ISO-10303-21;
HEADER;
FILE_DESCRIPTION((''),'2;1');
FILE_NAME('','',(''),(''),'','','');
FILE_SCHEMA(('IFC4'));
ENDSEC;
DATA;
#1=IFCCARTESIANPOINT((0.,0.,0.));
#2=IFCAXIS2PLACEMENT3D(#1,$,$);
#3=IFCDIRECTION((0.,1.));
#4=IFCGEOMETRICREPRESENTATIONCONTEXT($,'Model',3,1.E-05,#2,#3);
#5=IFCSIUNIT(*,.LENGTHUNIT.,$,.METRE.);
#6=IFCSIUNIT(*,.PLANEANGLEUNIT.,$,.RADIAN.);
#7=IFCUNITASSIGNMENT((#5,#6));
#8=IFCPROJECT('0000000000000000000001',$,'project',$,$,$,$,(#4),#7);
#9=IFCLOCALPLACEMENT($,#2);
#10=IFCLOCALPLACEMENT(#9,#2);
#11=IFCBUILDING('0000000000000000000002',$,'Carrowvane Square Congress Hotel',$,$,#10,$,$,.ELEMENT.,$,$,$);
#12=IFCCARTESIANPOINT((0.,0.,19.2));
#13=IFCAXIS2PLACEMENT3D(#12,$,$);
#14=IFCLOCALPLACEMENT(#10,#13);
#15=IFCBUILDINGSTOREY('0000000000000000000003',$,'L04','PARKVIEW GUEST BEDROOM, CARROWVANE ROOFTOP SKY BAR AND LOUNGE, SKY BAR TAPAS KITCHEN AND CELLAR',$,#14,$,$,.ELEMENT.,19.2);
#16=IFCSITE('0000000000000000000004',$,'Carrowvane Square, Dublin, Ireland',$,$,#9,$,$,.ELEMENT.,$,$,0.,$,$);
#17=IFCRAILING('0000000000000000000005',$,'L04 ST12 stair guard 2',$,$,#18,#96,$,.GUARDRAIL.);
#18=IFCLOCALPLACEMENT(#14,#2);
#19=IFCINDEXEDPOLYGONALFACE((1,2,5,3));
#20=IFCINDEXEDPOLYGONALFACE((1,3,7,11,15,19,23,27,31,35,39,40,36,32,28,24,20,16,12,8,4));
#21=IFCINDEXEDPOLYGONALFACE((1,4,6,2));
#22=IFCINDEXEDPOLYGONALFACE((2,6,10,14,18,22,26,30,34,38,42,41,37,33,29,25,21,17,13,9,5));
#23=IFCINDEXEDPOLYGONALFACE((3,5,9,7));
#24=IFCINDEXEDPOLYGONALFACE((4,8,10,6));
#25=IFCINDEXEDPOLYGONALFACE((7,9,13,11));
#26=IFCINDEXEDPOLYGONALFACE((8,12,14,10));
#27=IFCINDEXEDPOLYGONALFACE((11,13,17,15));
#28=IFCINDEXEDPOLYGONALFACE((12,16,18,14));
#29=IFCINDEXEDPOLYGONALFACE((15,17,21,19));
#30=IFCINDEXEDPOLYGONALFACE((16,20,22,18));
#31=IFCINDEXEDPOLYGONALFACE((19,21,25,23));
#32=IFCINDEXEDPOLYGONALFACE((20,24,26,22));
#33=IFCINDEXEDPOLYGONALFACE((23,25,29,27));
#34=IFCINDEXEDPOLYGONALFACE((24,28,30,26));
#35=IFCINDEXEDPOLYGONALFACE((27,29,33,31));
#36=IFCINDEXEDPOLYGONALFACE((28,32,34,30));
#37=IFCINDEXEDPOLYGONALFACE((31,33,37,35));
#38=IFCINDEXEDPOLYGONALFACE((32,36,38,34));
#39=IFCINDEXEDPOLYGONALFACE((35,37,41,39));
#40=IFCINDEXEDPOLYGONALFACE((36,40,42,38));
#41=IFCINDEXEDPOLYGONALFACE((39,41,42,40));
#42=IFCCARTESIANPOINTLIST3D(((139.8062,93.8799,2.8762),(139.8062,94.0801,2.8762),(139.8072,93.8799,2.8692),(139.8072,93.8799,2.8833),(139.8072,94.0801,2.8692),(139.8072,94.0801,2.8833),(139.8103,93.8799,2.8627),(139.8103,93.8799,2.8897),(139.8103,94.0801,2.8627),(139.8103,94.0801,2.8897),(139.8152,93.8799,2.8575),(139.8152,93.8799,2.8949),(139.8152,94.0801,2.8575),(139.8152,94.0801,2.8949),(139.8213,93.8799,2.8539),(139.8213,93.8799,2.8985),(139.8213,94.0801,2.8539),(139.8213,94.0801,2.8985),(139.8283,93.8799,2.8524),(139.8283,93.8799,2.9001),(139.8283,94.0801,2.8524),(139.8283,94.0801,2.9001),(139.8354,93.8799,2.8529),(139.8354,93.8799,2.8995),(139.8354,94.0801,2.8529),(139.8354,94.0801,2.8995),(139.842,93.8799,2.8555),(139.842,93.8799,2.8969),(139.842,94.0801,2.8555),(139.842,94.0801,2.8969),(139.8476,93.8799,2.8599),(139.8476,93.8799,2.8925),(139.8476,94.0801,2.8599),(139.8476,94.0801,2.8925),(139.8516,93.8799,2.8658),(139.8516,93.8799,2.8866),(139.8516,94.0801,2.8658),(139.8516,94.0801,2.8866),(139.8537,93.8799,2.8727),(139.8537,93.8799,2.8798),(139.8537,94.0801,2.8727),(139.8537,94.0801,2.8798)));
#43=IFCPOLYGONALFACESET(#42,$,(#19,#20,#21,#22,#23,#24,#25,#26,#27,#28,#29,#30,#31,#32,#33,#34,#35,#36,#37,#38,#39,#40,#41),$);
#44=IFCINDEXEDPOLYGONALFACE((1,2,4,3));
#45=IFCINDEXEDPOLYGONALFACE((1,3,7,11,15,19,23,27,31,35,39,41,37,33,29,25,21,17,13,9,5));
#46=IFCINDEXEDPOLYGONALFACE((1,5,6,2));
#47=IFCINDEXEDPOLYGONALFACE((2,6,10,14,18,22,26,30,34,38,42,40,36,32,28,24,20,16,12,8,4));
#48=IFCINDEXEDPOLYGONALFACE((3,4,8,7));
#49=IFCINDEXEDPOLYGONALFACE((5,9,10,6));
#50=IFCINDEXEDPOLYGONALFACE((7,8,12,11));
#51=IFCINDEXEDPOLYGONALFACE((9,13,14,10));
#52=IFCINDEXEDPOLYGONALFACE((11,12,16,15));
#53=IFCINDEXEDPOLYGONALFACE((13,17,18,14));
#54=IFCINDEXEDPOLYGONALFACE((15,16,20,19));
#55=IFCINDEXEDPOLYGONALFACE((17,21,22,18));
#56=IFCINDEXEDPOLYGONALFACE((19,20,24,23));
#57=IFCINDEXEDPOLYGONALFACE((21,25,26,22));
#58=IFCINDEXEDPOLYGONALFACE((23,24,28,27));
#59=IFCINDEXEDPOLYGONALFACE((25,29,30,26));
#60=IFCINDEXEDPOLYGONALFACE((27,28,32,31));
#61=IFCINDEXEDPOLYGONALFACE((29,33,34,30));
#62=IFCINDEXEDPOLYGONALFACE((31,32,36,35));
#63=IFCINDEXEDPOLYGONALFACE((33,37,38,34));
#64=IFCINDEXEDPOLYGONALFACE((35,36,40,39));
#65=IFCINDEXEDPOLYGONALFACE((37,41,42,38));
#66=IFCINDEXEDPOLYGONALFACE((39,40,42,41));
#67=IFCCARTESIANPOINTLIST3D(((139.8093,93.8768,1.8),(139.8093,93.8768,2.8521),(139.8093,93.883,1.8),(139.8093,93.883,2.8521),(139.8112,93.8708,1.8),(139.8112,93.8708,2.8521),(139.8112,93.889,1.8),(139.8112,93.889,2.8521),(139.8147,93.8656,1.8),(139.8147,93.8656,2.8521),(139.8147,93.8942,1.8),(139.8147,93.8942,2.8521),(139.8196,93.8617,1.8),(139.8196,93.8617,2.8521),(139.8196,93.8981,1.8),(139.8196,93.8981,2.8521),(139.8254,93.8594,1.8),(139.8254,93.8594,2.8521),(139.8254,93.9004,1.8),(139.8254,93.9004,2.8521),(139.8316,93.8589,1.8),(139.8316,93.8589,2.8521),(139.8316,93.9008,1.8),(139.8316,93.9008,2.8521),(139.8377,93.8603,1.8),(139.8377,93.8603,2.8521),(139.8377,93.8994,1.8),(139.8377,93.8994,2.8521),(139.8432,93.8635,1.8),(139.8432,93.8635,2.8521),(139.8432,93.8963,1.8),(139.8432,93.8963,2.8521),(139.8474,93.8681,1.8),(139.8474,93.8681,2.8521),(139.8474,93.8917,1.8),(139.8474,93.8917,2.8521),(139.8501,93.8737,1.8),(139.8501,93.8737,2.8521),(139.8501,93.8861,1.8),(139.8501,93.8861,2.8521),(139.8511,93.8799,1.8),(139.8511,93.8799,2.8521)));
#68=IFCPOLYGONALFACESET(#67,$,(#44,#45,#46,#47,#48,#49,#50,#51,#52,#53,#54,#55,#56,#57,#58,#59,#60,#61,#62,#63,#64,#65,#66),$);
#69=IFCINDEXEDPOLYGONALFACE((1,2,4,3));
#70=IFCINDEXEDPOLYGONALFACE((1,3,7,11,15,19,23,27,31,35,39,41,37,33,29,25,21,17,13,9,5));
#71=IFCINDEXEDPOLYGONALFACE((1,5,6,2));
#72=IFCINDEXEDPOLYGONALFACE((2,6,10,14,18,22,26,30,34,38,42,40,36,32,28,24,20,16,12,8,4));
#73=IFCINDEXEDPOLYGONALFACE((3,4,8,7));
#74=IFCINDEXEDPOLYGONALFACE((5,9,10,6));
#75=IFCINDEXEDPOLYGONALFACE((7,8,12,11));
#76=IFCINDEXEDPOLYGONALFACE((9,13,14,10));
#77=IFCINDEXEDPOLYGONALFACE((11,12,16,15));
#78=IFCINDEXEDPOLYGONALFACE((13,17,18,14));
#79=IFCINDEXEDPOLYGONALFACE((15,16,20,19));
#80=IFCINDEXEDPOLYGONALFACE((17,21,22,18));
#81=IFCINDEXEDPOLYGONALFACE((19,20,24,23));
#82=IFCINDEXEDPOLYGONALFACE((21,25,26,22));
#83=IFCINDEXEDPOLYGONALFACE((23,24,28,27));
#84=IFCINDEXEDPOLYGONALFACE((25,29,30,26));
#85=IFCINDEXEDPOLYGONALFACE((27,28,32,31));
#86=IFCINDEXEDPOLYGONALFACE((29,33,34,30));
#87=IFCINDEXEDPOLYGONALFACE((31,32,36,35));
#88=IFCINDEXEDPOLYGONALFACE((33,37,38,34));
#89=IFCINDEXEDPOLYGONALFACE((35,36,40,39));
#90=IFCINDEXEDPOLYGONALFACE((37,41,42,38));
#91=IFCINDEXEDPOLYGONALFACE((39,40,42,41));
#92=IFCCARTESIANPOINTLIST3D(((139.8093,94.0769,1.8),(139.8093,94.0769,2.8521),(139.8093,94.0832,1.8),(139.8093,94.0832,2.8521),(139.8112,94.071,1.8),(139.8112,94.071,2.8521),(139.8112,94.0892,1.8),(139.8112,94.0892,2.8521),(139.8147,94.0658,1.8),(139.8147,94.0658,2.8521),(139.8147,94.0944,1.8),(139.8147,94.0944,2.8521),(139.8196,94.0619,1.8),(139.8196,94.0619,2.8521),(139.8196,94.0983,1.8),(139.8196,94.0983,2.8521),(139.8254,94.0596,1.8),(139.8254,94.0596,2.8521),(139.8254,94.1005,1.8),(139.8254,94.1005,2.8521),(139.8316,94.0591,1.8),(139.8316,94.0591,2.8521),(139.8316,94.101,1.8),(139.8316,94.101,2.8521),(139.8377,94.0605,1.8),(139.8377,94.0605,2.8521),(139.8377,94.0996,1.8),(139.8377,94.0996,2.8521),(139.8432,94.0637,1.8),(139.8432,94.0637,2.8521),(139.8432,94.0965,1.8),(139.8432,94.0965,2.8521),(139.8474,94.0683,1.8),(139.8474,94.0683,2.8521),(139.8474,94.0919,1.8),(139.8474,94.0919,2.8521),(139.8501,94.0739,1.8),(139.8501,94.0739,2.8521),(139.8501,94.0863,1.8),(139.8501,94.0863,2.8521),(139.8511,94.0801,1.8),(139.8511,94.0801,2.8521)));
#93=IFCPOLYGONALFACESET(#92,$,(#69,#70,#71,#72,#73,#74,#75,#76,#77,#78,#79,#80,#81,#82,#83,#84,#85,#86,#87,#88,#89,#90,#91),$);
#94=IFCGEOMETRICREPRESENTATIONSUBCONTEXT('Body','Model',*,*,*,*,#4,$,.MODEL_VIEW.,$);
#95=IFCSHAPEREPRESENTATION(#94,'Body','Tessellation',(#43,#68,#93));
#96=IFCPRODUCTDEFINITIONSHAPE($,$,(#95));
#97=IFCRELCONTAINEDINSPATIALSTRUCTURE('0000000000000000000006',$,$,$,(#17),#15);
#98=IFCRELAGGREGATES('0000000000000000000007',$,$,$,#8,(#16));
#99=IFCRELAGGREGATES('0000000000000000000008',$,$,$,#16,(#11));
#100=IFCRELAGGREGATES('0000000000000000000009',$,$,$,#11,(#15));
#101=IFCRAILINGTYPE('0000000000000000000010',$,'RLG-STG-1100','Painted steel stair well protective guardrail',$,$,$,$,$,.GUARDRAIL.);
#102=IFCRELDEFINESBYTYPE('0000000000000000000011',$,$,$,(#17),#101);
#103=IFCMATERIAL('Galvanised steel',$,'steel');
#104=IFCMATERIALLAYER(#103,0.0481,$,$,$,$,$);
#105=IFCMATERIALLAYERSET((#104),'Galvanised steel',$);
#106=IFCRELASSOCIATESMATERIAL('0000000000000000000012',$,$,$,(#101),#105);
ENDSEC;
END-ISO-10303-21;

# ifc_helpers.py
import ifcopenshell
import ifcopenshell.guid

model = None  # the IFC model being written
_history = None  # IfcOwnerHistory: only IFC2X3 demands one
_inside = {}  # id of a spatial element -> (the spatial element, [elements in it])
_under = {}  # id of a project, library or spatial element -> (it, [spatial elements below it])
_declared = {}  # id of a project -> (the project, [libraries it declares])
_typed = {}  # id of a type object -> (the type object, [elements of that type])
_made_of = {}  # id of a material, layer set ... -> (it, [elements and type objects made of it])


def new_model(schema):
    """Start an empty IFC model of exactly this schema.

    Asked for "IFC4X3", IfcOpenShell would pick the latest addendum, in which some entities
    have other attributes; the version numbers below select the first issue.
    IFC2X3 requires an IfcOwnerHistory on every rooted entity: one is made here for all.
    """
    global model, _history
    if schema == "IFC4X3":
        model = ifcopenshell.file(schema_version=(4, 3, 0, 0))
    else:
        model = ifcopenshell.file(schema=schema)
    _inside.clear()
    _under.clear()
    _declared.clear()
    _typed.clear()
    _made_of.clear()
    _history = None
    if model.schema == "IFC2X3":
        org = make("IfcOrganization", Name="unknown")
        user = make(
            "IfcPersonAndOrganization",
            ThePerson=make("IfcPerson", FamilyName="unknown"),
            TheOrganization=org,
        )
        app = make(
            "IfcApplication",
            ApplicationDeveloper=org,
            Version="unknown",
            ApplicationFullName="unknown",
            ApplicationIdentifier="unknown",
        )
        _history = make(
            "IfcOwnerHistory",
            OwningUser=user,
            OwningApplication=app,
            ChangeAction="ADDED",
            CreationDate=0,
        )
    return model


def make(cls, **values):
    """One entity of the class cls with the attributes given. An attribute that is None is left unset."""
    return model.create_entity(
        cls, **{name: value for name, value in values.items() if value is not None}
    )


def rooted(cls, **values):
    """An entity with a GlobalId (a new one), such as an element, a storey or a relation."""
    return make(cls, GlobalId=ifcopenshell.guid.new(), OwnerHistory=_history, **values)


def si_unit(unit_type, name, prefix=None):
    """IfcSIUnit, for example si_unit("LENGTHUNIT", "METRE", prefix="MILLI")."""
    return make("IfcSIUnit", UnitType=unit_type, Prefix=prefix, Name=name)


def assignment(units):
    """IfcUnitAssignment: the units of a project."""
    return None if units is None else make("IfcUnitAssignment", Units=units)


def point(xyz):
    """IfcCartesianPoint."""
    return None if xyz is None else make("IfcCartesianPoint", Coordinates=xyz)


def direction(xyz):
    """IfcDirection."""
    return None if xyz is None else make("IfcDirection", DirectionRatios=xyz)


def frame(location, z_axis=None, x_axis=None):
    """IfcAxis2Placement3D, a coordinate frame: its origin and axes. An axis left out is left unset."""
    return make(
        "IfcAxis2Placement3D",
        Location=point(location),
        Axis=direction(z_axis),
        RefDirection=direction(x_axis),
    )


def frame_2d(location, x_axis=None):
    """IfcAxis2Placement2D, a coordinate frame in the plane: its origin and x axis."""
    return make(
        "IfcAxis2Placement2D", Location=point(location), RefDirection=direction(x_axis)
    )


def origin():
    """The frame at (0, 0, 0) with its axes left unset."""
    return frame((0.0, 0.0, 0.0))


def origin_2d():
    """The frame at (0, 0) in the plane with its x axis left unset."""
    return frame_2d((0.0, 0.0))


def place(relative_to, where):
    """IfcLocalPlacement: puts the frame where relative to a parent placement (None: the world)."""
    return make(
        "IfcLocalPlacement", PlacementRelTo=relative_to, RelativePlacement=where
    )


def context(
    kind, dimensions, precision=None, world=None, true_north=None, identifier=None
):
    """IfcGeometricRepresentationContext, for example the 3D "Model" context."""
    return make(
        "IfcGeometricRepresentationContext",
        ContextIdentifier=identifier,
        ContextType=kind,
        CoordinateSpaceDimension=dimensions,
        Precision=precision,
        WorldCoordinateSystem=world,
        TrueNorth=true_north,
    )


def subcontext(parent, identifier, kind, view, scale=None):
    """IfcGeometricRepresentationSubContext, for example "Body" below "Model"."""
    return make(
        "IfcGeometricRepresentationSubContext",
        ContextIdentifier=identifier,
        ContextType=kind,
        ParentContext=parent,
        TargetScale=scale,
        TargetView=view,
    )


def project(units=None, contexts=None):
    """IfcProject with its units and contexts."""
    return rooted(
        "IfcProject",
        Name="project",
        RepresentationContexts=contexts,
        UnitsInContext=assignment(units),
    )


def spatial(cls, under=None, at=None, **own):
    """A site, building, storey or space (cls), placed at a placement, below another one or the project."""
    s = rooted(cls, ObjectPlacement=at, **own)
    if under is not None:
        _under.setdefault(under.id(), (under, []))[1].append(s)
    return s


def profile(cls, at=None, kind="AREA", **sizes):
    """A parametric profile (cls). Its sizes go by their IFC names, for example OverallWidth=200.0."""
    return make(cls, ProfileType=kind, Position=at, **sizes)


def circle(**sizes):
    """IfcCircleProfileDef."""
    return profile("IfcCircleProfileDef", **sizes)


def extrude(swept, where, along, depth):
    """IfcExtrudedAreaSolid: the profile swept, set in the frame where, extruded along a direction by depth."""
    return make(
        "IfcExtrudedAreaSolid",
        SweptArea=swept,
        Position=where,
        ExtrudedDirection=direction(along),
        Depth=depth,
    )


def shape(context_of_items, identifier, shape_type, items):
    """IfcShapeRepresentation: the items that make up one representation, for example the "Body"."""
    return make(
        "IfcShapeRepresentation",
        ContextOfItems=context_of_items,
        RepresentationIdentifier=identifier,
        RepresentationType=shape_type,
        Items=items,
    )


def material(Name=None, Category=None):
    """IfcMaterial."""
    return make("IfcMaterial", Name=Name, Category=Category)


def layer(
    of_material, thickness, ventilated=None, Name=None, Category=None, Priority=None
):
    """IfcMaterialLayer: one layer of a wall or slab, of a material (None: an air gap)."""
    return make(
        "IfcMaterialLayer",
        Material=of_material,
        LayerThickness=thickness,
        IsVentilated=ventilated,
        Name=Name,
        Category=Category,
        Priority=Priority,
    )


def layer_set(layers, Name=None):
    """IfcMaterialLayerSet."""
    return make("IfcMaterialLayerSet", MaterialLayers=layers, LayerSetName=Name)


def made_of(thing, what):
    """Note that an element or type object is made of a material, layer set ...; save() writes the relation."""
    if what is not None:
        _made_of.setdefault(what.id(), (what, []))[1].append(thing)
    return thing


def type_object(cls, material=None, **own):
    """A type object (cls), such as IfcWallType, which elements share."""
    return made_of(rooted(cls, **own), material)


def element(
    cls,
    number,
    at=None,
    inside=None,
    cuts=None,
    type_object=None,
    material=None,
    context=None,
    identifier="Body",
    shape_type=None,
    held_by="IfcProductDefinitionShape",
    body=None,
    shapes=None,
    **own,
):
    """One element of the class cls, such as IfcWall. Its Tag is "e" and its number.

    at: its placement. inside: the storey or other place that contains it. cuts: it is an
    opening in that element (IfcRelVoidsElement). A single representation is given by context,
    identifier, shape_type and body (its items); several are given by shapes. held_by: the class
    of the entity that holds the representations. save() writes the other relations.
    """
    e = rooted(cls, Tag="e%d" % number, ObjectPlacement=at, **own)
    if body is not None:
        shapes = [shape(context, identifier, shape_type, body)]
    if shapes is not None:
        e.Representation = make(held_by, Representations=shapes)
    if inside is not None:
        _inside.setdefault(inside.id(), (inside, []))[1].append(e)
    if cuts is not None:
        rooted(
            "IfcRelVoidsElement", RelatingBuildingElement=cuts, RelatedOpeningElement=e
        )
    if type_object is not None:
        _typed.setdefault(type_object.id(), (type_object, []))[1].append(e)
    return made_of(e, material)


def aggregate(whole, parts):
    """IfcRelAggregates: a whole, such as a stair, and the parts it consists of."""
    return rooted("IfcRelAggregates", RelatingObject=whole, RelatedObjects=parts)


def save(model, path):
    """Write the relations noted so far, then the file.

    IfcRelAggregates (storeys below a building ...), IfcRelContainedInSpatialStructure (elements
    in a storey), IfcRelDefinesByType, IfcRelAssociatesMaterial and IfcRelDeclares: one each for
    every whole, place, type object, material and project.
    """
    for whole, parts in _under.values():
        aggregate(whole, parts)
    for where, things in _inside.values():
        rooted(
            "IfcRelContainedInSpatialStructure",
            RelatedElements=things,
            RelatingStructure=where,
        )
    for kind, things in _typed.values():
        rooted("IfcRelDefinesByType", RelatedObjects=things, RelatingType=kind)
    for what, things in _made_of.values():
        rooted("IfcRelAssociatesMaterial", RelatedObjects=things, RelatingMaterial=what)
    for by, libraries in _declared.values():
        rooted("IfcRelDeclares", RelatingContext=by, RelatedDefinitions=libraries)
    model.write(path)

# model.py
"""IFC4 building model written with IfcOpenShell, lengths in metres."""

from ifc_helpers import new_model, si_unit, direction, frame, origin, origin_2d, place, context, subcontext, project, spatial, circle, extrude, material, layer, layer_set, type_object, element, save


model = new_model("IFC4")

# Units and contexts
model_context = context("Model", 3, precision=1e-05, world=origin(), true_north=direction((0.0, 1.0)))
body_context = subcontext(model_context, "Body", "Model", "MODEL_VIEW")
ifc_project = project(units=[si_unit("LENGTHUNIT", "METRE"), si_unit("PLANEANGLEUNIT", "RADIAN")], contexts=[model_context])

# Site, building, storey
site_placement = place(None, origin())
site = spatial("IfcSite", under=ifc_project, at=site_placement, Name="Carrowvane Square, Dublin, Ireland", CompositionType="ELEMENT", RefElevation=0.0)
building_placement = place(site_placement, origin())
building = spatial("IfcBuilding", under=site, at=building_placement, Name="Carrowvane Square Congress Hotel", CompositionType="ELEMENT")
storey_placement = place(building_placement, frame((0.0, 0.0, 19.2)))
storey = spatial("IfcBuildingStorey", under=building, at=storey_placement, Name="L04", Description="PARKVIEW GUEST BEDROOM, CARROWVANE ROOFTOP SKY BAR AND LOUNGE, SKY BAR TAPAS KITCHEN AND CELLAR", CompositionType="ELEMENT", Elevation=19.2)

# Railing
ifc_material_1 = material(Name="Galvanised steel", Category="steel")
ifc_layer_1 = layer(ifc_material_1, 0.0481)
ifc_layer_set_1 = layer_set([ifc_layer_1], Name="Galvanised steel")
railing_type_1 = type_object("IfcRailingType", Name="RLG-STG-1100", Description="Painted steel stair well protective guardrail", PredefinedType="GUARDRAIL", material=ifc_layer_set_1)
railing_1_placement = place(storey_placement, frame((139.8301, 93.8799, 1.8)))
element("IfcRailing", 1, at=railing_1_placement, inside=storey, type_object=railing_type_1, Name="L04 ST12 stair guard 2", PredefinedType="GUARDRAIL", context=body_context, shape_type="SweptSolid", body=[
    extrude(circle(Radius=0.0239, at=origin_2d()), frame((0.0, 0.0, 1.0762), z_axis=(0.0, 1.0, 0.0), x_axis=(-1.0, 0.0, 0.0)), (0.0, 0.0, 1.0), 0.2002),
    extrude(circle(Radius=0.021, at=origin_2d()), origin(), (0.0, 0.0, 1.0), 1.052),
    extrude(circle(Radius=0.021, at=origin_2d()), frame((0.0, 0.2002, 0.0)), (0.0, 0.0, 1.0), 1.052),
])

save(model, "model.ifc")
